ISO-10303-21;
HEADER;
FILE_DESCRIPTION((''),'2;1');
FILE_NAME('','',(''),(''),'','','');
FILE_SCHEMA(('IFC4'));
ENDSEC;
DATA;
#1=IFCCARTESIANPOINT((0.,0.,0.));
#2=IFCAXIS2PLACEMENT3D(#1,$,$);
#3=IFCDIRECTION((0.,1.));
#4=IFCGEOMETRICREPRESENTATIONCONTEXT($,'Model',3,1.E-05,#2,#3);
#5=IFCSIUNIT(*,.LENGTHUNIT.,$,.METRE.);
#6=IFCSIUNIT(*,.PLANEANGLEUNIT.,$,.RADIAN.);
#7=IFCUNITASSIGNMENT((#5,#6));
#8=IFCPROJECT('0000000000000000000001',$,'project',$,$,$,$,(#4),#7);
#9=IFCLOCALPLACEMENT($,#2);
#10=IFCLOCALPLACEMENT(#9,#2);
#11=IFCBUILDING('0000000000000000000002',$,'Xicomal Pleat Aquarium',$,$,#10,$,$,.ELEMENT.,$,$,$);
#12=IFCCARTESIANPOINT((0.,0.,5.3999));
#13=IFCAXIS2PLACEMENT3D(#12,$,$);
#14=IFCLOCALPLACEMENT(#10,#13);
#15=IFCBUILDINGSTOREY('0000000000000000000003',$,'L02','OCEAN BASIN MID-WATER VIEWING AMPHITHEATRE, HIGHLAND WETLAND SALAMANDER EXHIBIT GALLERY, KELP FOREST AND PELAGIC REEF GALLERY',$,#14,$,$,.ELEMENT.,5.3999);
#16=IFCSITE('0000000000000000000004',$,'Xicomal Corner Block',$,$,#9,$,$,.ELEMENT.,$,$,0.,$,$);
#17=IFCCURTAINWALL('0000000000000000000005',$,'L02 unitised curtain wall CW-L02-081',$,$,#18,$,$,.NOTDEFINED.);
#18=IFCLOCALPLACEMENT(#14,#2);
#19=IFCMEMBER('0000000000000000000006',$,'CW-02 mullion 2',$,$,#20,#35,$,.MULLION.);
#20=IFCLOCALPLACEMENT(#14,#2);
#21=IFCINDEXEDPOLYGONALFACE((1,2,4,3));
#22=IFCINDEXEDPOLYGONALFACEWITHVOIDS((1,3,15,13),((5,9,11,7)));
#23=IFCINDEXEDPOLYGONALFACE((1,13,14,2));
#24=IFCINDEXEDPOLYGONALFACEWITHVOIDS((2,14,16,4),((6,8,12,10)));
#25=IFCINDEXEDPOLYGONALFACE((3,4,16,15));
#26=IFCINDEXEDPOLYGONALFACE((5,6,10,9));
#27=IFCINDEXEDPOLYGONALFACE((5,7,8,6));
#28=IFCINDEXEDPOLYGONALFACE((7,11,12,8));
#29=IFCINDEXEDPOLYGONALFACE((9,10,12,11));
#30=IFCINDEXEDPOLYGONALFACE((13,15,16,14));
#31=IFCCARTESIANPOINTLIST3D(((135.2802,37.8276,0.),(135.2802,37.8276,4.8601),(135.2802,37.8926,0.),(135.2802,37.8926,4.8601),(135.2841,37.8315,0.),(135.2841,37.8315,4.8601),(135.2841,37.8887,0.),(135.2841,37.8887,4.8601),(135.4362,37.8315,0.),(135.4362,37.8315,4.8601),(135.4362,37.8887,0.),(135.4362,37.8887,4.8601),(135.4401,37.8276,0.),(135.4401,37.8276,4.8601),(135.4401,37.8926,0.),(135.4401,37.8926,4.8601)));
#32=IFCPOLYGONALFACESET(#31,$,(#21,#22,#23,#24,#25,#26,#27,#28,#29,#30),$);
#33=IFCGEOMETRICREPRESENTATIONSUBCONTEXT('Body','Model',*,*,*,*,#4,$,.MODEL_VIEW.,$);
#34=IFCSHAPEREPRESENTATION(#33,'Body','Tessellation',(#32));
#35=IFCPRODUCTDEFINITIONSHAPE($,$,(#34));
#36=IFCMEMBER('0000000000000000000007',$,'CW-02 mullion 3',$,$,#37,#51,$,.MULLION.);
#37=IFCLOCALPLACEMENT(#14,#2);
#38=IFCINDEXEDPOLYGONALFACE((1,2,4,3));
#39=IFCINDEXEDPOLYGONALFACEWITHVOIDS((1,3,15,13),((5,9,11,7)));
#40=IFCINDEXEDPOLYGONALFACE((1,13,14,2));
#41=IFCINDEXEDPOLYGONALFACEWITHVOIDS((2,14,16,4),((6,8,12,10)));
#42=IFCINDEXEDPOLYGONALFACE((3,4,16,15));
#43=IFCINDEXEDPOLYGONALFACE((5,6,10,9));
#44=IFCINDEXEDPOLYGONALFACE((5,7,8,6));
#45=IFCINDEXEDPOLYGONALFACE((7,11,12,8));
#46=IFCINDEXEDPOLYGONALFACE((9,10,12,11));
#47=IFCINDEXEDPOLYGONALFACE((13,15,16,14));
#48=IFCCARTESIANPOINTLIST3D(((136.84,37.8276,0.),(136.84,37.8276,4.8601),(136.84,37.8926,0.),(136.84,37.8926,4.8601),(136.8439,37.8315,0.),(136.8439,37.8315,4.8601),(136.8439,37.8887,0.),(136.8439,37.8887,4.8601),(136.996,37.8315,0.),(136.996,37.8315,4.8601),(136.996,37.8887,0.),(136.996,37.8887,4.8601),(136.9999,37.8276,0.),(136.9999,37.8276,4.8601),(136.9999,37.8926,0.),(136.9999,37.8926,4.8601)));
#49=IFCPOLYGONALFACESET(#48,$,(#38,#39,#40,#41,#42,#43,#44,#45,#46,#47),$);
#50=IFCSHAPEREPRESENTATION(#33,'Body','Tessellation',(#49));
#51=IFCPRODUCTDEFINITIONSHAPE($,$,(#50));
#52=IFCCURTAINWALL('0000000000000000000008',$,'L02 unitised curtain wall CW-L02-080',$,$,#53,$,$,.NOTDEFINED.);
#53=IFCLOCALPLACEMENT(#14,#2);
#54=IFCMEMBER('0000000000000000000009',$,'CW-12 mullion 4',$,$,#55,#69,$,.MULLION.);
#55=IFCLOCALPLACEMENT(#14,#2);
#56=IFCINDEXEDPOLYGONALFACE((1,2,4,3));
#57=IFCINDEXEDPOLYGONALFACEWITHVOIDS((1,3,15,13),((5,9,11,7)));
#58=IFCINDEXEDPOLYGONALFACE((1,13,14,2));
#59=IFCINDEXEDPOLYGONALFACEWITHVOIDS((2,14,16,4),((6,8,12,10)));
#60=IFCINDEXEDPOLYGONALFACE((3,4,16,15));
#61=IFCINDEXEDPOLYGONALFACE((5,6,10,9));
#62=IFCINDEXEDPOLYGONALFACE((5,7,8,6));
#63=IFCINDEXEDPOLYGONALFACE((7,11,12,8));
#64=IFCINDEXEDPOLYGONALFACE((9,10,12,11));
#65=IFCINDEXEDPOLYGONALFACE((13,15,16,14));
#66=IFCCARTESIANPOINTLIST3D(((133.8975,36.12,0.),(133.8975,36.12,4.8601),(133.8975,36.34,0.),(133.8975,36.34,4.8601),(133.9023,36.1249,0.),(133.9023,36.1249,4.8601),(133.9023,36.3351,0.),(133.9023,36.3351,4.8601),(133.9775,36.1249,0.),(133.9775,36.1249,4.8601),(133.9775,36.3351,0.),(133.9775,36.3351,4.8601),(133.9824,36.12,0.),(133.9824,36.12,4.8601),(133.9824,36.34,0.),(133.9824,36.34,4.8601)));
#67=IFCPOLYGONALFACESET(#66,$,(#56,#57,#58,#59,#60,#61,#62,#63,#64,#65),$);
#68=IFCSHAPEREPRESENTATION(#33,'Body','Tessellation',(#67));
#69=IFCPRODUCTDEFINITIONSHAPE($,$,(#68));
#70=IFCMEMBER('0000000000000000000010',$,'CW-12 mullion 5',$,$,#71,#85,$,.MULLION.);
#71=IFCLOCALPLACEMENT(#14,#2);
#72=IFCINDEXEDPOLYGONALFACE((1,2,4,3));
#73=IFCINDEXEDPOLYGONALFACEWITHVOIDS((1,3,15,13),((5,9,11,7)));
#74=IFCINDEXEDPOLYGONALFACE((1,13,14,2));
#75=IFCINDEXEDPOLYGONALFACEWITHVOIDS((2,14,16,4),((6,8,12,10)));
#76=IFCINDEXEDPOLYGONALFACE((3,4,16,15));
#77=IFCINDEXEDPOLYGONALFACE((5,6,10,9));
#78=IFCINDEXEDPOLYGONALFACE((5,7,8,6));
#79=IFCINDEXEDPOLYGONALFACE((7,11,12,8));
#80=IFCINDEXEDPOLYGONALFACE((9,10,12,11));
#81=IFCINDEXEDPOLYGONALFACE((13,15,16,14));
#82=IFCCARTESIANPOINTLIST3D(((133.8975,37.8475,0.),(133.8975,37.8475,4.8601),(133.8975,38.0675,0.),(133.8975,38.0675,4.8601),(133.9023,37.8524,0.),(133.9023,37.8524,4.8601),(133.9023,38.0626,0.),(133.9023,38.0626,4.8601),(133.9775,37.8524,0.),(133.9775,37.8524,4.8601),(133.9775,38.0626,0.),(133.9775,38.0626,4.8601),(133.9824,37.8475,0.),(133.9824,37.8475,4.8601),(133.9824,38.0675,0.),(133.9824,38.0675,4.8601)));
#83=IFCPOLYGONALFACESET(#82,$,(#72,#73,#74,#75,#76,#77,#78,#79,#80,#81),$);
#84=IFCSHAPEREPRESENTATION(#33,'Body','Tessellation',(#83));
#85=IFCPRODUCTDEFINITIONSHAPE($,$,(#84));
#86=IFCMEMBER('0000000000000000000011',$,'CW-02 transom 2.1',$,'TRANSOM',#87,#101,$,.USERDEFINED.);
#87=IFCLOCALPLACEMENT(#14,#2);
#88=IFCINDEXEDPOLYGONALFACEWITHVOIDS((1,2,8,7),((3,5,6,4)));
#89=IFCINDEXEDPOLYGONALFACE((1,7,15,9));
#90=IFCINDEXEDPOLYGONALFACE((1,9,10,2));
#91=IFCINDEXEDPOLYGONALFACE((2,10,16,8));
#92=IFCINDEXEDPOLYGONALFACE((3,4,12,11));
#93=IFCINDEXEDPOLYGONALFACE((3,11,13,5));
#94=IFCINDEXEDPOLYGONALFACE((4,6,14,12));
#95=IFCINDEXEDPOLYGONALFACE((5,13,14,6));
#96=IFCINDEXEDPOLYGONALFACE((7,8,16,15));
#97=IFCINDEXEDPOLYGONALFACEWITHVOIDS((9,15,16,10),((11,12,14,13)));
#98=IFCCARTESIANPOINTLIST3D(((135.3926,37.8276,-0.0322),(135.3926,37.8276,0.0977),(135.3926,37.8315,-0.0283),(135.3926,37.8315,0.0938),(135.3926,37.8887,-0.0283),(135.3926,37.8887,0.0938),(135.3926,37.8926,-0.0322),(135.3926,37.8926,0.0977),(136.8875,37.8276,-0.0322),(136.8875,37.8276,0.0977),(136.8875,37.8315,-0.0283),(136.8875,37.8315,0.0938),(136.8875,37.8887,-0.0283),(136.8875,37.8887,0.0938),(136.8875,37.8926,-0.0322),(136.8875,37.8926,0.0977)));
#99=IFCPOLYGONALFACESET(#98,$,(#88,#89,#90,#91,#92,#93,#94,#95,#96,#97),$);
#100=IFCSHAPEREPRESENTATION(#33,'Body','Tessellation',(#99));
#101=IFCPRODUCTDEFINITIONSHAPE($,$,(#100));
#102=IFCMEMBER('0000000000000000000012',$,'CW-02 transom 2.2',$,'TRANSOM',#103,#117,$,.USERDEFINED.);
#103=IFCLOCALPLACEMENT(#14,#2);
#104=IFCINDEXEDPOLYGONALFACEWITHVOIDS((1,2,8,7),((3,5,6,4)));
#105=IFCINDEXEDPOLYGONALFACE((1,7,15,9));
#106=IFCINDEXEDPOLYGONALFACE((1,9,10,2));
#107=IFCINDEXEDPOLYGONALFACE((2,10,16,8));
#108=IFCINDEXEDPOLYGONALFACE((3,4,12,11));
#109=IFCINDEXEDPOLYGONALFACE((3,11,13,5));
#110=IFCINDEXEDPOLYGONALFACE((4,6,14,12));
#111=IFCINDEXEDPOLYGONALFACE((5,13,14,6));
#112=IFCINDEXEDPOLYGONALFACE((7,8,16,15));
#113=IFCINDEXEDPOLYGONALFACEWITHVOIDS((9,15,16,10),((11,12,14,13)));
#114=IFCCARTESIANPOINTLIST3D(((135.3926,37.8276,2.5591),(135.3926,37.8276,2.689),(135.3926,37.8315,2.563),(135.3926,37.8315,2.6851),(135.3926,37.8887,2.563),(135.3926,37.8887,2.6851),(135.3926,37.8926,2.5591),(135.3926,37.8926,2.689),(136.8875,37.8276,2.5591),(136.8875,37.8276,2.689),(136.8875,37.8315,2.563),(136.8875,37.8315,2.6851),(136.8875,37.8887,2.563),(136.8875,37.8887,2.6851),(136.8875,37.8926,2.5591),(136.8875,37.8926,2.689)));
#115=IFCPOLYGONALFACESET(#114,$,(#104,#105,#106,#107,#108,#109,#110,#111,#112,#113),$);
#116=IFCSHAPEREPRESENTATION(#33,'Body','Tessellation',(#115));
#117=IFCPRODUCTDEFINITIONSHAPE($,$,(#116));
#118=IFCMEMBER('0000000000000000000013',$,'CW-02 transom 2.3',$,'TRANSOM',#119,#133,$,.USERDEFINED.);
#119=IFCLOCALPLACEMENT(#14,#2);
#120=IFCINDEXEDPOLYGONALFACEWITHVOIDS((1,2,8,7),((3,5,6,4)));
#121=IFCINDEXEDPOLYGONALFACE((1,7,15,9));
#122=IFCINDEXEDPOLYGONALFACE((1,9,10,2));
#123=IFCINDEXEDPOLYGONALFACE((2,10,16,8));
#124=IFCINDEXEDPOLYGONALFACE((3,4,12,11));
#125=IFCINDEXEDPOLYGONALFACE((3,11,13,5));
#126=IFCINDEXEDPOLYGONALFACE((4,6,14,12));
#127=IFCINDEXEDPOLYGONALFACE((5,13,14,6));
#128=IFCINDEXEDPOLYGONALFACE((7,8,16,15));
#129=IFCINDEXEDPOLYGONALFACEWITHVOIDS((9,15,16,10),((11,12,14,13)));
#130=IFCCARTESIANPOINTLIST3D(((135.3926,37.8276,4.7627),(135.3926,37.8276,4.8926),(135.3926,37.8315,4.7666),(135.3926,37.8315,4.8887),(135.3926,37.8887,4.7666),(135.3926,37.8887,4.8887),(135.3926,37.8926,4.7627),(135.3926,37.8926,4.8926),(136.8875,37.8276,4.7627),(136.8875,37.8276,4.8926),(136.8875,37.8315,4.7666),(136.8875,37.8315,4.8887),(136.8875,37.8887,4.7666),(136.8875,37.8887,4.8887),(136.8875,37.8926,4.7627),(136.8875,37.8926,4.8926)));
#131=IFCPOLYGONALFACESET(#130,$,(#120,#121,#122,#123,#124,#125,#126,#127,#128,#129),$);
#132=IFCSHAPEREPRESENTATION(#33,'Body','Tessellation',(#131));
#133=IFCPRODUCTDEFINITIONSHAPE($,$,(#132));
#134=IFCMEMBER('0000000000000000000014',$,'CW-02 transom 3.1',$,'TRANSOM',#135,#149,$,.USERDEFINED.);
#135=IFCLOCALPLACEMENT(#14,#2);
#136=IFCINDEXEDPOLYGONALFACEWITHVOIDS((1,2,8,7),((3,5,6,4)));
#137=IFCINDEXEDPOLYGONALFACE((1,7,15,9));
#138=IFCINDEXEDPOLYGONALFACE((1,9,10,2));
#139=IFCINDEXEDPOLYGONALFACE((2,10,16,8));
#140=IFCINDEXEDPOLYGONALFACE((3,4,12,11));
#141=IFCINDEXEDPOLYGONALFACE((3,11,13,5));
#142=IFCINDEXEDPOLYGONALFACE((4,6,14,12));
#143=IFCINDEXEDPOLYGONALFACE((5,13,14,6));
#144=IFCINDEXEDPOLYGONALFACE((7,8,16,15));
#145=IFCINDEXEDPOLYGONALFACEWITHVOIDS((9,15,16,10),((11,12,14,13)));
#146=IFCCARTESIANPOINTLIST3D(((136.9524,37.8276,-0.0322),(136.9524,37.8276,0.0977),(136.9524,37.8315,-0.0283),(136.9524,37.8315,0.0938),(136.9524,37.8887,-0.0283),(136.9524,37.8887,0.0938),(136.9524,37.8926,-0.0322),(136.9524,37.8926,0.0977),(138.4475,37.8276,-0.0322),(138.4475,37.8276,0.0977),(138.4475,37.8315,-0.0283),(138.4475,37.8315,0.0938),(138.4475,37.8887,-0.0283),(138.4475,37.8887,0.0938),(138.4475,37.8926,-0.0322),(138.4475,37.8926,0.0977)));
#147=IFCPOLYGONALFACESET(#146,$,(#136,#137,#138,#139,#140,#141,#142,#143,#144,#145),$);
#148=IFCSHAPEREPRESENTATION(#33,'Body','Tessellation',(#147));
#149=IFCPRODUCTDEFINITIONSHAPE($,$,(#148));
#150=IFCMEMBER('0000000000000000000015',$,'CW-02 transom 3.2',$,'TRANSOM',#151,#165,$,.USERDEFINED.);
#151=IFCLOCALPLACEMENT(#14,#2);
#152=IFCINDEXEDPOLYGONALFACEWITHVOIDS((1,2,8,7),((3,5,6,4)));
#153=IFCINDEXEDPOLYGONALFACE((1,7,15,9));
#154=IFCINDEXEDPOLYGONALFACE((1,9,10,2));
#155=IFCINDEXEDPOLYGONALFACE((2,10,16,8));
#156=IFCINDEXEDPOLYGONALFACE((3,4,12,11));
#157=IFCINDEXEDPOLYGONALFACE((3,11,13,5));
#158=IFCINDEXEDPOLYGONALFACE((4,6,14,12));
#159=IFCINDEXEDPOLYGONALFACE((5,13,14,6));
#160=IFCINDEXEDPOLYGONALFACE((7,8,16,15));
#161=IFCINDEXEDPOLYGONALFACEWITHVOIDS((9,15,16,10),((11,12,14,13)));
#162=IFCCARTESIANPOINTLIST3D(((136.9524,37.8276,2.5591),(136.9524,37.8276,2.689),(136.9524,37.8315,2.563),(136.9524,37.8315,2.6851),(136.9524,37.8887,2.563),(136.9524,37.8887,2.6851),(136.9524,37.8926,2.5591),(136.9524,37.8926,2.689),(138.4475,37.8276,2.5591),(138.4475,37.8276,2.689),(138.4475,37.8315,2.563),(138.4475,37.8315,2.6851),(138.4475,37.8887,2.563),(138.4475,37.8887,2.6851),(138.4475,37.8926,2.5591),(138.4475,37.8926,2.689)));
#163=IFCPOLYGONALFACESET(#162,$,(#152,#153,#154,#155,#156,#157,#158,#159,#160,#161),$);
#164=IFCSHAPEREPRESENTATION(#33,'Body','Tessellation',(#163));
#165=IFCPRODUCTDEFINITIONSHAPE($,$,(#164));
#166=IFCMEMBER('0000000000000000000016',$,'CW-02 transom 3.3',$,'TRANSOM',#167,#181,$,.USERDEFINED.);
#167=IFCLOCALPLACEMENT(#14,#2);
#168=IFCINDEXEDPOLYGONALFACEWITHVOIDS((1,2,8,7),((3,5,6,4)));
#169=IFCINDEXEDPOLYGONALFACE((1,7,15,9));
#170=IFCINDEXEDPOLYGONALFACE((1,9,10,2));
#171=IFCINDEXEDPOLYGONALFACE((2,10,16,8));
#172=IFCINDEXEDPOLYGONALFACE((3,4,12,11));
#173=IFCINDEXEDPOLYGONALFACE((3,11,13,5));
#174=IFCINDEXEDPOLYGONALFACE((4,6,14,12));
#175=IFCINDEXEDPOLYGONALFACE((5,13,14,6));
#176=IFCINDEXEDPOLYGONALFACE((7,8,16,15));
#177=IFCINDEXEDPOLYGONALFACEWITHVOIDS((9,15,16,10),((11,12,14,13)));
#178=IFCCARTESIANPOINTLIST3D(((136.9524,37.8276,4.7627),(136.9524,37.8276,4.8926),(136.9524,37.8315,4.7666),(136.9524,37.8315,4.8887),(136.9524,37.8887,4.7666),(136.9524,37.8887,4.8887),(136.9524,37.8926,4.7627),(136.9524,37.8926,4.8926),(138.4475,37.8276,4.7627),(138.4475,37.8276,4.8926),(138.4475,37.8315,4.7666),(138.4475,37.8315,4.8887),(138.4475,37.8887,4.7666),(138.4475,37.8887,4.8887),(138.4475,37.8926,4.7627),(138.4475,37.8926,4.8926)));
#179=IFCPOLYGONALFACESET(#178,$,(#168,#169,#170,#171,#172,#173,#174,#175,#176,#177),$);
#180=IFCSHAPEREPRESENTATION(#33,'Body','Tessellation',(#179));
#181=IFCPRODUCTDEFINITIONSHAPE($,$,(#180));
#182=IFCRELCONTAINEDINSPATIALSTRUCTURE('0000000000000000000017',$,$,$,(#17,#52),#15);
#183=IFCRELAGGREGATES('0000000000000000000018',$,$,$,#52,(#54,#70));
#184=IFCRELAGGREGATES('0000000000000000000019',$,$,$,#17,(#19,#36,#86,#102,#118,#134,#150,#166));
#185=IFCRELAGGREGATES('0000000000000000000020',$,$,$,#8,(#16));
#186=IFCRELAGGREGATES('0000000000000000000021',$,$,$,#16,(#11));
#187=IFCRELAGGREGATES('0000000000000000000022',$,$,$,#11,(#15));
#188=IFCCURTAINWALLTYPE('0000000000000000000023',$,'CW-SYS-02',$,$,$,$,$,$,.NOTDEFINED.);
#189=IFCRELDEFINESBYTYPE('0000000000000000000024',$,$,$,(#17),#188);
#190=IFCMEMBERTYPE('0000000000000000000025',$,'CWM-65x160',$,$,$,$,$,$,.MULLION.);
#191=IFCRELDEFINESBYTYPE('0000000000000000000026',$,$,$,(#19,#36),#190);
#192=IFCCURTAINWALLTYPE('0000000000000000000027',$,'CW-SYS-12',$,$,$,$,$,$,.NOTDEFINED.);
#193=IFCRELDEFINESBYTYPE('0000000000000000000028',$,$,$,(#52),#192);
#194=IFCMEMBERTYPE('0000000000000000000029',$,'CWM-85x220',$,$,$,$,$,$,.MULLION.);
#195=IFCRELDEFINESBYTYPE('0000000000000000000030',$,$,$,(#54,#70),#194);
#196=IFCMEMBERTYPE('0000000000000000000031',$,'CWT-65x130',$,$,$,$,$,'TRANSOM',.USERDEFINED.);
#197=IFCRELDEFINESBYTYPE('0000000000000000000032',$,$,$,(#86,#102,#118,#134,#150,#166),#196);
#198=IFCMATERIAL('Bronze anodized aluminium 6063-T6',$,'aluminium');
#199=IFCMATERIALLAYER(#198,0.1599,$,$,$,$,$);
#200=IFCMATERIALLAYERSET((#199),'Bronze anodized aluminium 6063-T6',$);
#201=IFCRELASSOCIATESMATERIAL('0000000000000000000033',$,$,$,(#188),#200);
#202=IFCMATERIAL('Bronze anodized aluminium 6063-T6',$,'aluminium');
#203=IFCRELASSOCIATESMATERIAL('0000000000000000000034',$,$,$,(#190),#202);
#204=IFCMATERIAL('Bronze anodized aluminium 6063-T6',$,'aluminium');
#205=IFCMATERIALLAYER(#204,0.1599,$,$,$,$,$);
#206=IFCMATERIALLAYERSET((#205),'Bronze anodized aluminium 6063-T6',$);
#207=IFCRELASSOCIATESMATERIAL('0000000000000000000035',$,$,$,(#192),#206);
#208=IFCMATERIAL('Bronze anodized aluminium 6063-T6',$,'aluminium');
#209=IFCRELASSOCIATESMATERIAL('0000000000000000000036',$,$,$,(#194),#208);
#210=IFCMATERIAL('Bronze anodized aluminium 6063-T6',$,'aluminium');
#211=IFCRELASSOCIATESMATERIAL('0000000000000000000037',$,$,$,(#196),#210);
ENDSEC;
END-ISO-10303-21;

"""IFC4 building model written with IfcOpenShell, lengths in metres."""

from ifc_helpers import new_model, si_unit, direction, frame, origin, origin_2d, place, context, subcontext, project, spatial, hollow_rectangle, extrude, material, layer, layer_set, material_profile, profile_set, type_object, element, aggregate, save


model = new_model("IFC4")

# Units and contexts
model_context = context("Model", 3, precision=1e-05, world=origin(), true_north=direction((0.0, 1.0)))
body_context = subcontext(model_context, "Body", "Model", "MODEL_VIEW")
ifc_project = project(units=[si_unit("LENGTHUNIT", "METRE"), si_unit("PLANEANGLEUNIT", "RADIAN")], contexts=[model_context])

# Site, building, storey
site_placement = place(None, origin())
site = spatial("IfcSite", under=ifc_project, at=site_placement, Name="Xicomal Corner Block", CompositionType="ELEMENT", RefElevation=0.0)
building_placement = place(site_placement, origin())
building = spatial("IfcBuilding", under=site, at=building_placement, Name="Xicomal Pleat Aquarium", CompositionType="ELEMENT")
storey_placement = place(building_placement, frame((0.0, 0.0, 5.3999)))
storey = spatial("IfcBuildingStorey", under=building, at=storey_placement, Name="L02", Description="OCEAN BASIN MID-WATER VIEWING AMPHITHEATRE, HIGHLAND WETLAND SALAMANDER EXHIBIT GALLERY, KELP FOREST AND PELAGIC REEF GALLERY", CompositionType="ELEMENT", Elevation=5.3999)

# Curtain walls, members
ifc_material_1 = material(Name="Bronze anodized aluminium 6063-T6", Category="aluminium")
ifc_layer_1 = layer(ifc_material_1, 0.1599)
ifc_layer_set_1 = layer_set([ifc_layer_1], Name="Bronze anodized aluminium 6063-T6")
curtain_wall_type_1 = type_object("IfcCurtainWallType", Name="CW-SYS-02", PredefinedType="NOTDEFINED", material=ifc_layer_set_1)
curtain_wall_1_placement = place(storey_placement, origin())
curtain_wall_1 = element("IfcCurtainWall", 1, at=curtain_wall_1_placement, inside=storey, type_object=curtain_wall_type_1, Name="L02 unitised curtain wall CW-L02-081", PredefinedType="NOTDEFINED")
ifc_material_2 = material(Name="Bronze anodized aluminium 6063-T6", Category="aluminium")
ifc_material_profile_1 = material_profile(ifc_material_2, hollow_rectangle(XDim=0.0649, YDim=0.1599, WallThickness=0.0039, at=origin_2d()), Name="ALU MULL 65x160")
ifc_profile_set_1 = profile_set([ifc_material_profile_1], Name="Bronze anodized aluminium 6063-T6")
member_type_1 = type_object("IfcMemberType", Name="CWM-65x160", PredefinedType="MULLION", material=ifc_profile_set_1)
member_1_placement = place(storey_placement, frame((135.3601, 37.8601, 0.0), z_axis=(0.0, 0.0, 1.0), x_axis=(0.0, 1.0, 0.0)))
member_1 = element("IfcMember", 2, at=member_1_placement, type_object=member_type_1, Name="CW-02 mullion 2", PredefinedType="MULLION", context=body_context, shape_type="SweptSolid", body=[
    extrude(hollow_rectangle(XDim=0.0649, YDim=0.1599, WallThickness=0.0039, at=origin_2d()), origin(), (0.0, 0.0, 1.0), 4.8601),
])
member_2_placement = place(storey_placement, frame((136.9199, 37.8601, 0.0), z_axis=(0.0, 0.0, 1.0), x_axis=(0.0, 1.0, 0.0)))
member_2 = element("IfcMember", 3, at=member_2_placement, type_object=member_type_1, Name="CW-02 mullion 3", PredefinedType="MULLION", context=body_context, shape_type="SweptSolid", body=[
    extrude(hollow_rectangle(XDim=0.0649, YDim=0.1599, WallThickness=0.0039, at=origin_2d()), origin(), (0.0, 0.0, 1.0), 4.8601),
])
ifc_material_3 = material(Name="Bronze anodized aluminium 6063-T6", Category="aluminium")
ifc_layer_2 = layer(ifc_material_3, 0.1599)
ifc_layer_set_2 = layer_set([ifc_layer_2], Name="Bronze anodized aluminium 6063-T6")
curtain_wall_type_2 = type_object("IfcCurtainWallType", Name="CW-SYS-12", PredefinedType="NOTDEFINED", material=ifc_layer_set_2)
curtain_wall_2_placement = place(storey_placement, origin())
curtain_wall_2 = element("IfcCurtainWall", 4, at=curtain_wall_2_placement, inside=storey, type_object=curtain_wall_type_2, Name="L02 unitised curtain wall CW-L02-080", PredefinedType="NOTDEFINED")
ifc_material_4 = material(Name="Bronze anodized aluminium 6063-T6", Category="aluminium")
ifc_material_profile_2 = material_profile(ifc_material_4, hollow_rectangle(XDim=0.085, YDim=0.22, WallThickness=0.0049, at=origin_2d()), Name="ALU MULL 85x220")
ifc_profile_set_2 = profile_set([ifc_material_profile_2], Name="Bronze anodized aluminium 6063-T6")
member_type_2 = type_object("IfcMemberType", Name="CWM-85x220", PredefinedType="MULLION", material=ifc_profile_set_2)
member_3_placement = place(storey_placement, frame((133.9399, 36.23, 0.0), z_axis=(0.0, 0.0, 1.0), x_axis=(-1.0, 0.0, 0.0)))
member_3 = element("IfcMember", 5, at=member_3_placement, type_object=member_type_2, Name="CW-12 mullion 4", PredefinedType="MULLION", context=body_context, shape_type="SweptSolid", body=[
    extrude(hollow_rectangle(XDim=0.085, YDim=0.22, WallThickness=0.0049, at=origin_2d()), origin(), (0.0, 0.0, 1.0), 4.8601),
])
member_4_placement = place(storey_placement, frame((133.9399, 37.9575, 0.0), z_axis=(0.0, 0.0, 1.0), x_axis=(-1.0, 0.0, 0.0)))
member_4 = element("IfcMember", 6, at=member_4_placement, type_object=member_type_2, Name="CW-12 mullion 5", PredefinedType="MULLION", context=body_context, shape_type="SweptSolid", body=[
    extrude(hollow_rectangle(XDim=0.085, YDim=0.22, WallThickness=0.0049, at=origin_2d()), origin(), (0.0, 0.0, 1.0), 4.8601),
])

# Members
ifc_material_5 = material(Name="Bronze anodized aluminium 6063-T6", Category="aluminium")
ifc_material_profile_3 = material_profile(ifc_material_5, hollow_rectangle(XDim=0.0649, YDim=0.1299, WallThickness=0.0039, at=origin_2d()), Name="ALU TRAN 65x130")
ifc_profile_set_3 = profile_set([ifc_material_profile_3], Name="Bronze anodized aluminium 6063-T6")
member_type_3 = type_object("IfcMemberType", Name="CWT-65x130", ElementType="TRANSOM", PredefinedType="USERDEFINED", material=ifc_profile_set_3)
member_5_placement = place(storey_placement, frame((135.3926, 37.8601, 0.0327), z_axis=(1.0, 0.0, 0.0), x_axis=(0.0, 1.0, 0.0)))
member_5 = element("IfcMember", 7, at=member_5_placement, type_object=member_type_3, Name="CW-02 transom 2.1", ObjectType="TRANSOM", PredefinedType="USERDEFINED", context=body_context, shape_type="SweptSolid", body=[
    extrude(hollow_rectangle(XDim=0.0649, YDim=0.1299, WallThickness=0.0039, at=origin_2d()), origin(), (0.0, 0.0, 1.0), 1.4949),
])
member_6_placement = place(storey_placement, frame((135.3926, 37.8601, 2.624), z_axis=(1.0, 0.0, 0.0), x_axis=(0.0, 1.0, 0.0)))
member_6 = element("IfcMember", 8, at=member_6_placement, type_object=member_type_3, Name="CW-02 transom 2.2", ObjectType="TRANSOM", PredefinedType="USERDEFINED", context=body_context, shape_type="SweptSolid", body=[
    extrude(hollow_rectangle(XDim=0.0649, YDim=0.1299, WallThickness=0.0039, at=origin_2d()), origin(), (0.0, 0.0, 1.0), 1.4949),
])
member_7_placement = place(storey_placement, frame((135.3926, 37.8601, 4.8276), z_axis=(1.0, 0.0, 0.0), x_axis=(0.0, 1.0, 0.0)))
member_7 = element("IfcMember", 9, at=member_7_placement, type_object=member_type_3, Name="CW-02 transom 2.3", ObjectType="TRANSOM", PredefinedType="USERDEFINED", context=body_context, shape_type="SweptSolid", body=[
    extrude(hollow_rectangle(XDim=0.0649, YDim=0.1299, WallThickness=0.0039, at=origin_2d()), origin(), (0.0, 0.0, 1.0), 1.4949),
])
member_8_placement = place(storey_placement, frame((136.9524, 37.8601, 0.0327), z_axis=(1.0, 0.0, 0.0), x_axis=(0.0, 1.0, 0.0)))
member_8 = element("IfcMember", 10, at=member_8_placement, type_object=member_type_3, Name="CW-02 transom 3.1", ObjectType="TRANSOM", PredefinedType="USERDEFINED", context=body_context, shape_type="SweptSolid", body=[
    extrude(hollow_rectangle(XDim=0.0649, YDim=0.1299, WallThickness=0.0039, at=origin_2d()), origin(), (0.0, 0.0, 1.0), 1.4951),
])
member_9_placement = place(storey_placement, frame((136.9524, 37.8601, 2.624), z_axis=(1.0, 0.0, 0.0), x_axis=(0.0, 1.0, 0.0)))
member_9 = element("IfcMember", 11, at=member_9_placement, type_object=member_type_3, Name="CW-02 transom 3.2", ObjectType="TRANSOM", PredefinedType="USERDEFINED", context=body_context, shape_type="SweptSolid", body=[
    extrude(hollow_rectangle(XDim=0.0649, YDim=0.1299, WallThickness=0.0039, at=origin_2d()), origin(), (0.0, 0.0, 1.0), 1.4951),
])
member_10_placement = place(storey_placement, frame((136.9524, 37.8601, 4.8276), z_axis=(1.0, 0.0, 0.0), x_axis=(0.0, 1.0, 0.0)))
member_10 = element("IfcMember", 12, at=member_10_placement, type_object=member_type_3, Name="CW-02 transom 3.3", ObjectType="TRANSOM", PredefinedType="USERDEFINED", context=body_context, shape_type="SweptSolid", body=[
    extrude(hollow_rectangle(XDim=0.0649, YDim=0.1299, WallThickness=0.0039, at=origin_2d()), origin(), (0.0, 0.0, 1.0), 1.4951),
])

aggregate(curtain_wall_2, [member_3, member_4])
aggregate(curtain_wall_1, [member_1, member_2, member_5, member_6, member_7, member_8, member_9, member_10])

save(model, "model.ifc")
